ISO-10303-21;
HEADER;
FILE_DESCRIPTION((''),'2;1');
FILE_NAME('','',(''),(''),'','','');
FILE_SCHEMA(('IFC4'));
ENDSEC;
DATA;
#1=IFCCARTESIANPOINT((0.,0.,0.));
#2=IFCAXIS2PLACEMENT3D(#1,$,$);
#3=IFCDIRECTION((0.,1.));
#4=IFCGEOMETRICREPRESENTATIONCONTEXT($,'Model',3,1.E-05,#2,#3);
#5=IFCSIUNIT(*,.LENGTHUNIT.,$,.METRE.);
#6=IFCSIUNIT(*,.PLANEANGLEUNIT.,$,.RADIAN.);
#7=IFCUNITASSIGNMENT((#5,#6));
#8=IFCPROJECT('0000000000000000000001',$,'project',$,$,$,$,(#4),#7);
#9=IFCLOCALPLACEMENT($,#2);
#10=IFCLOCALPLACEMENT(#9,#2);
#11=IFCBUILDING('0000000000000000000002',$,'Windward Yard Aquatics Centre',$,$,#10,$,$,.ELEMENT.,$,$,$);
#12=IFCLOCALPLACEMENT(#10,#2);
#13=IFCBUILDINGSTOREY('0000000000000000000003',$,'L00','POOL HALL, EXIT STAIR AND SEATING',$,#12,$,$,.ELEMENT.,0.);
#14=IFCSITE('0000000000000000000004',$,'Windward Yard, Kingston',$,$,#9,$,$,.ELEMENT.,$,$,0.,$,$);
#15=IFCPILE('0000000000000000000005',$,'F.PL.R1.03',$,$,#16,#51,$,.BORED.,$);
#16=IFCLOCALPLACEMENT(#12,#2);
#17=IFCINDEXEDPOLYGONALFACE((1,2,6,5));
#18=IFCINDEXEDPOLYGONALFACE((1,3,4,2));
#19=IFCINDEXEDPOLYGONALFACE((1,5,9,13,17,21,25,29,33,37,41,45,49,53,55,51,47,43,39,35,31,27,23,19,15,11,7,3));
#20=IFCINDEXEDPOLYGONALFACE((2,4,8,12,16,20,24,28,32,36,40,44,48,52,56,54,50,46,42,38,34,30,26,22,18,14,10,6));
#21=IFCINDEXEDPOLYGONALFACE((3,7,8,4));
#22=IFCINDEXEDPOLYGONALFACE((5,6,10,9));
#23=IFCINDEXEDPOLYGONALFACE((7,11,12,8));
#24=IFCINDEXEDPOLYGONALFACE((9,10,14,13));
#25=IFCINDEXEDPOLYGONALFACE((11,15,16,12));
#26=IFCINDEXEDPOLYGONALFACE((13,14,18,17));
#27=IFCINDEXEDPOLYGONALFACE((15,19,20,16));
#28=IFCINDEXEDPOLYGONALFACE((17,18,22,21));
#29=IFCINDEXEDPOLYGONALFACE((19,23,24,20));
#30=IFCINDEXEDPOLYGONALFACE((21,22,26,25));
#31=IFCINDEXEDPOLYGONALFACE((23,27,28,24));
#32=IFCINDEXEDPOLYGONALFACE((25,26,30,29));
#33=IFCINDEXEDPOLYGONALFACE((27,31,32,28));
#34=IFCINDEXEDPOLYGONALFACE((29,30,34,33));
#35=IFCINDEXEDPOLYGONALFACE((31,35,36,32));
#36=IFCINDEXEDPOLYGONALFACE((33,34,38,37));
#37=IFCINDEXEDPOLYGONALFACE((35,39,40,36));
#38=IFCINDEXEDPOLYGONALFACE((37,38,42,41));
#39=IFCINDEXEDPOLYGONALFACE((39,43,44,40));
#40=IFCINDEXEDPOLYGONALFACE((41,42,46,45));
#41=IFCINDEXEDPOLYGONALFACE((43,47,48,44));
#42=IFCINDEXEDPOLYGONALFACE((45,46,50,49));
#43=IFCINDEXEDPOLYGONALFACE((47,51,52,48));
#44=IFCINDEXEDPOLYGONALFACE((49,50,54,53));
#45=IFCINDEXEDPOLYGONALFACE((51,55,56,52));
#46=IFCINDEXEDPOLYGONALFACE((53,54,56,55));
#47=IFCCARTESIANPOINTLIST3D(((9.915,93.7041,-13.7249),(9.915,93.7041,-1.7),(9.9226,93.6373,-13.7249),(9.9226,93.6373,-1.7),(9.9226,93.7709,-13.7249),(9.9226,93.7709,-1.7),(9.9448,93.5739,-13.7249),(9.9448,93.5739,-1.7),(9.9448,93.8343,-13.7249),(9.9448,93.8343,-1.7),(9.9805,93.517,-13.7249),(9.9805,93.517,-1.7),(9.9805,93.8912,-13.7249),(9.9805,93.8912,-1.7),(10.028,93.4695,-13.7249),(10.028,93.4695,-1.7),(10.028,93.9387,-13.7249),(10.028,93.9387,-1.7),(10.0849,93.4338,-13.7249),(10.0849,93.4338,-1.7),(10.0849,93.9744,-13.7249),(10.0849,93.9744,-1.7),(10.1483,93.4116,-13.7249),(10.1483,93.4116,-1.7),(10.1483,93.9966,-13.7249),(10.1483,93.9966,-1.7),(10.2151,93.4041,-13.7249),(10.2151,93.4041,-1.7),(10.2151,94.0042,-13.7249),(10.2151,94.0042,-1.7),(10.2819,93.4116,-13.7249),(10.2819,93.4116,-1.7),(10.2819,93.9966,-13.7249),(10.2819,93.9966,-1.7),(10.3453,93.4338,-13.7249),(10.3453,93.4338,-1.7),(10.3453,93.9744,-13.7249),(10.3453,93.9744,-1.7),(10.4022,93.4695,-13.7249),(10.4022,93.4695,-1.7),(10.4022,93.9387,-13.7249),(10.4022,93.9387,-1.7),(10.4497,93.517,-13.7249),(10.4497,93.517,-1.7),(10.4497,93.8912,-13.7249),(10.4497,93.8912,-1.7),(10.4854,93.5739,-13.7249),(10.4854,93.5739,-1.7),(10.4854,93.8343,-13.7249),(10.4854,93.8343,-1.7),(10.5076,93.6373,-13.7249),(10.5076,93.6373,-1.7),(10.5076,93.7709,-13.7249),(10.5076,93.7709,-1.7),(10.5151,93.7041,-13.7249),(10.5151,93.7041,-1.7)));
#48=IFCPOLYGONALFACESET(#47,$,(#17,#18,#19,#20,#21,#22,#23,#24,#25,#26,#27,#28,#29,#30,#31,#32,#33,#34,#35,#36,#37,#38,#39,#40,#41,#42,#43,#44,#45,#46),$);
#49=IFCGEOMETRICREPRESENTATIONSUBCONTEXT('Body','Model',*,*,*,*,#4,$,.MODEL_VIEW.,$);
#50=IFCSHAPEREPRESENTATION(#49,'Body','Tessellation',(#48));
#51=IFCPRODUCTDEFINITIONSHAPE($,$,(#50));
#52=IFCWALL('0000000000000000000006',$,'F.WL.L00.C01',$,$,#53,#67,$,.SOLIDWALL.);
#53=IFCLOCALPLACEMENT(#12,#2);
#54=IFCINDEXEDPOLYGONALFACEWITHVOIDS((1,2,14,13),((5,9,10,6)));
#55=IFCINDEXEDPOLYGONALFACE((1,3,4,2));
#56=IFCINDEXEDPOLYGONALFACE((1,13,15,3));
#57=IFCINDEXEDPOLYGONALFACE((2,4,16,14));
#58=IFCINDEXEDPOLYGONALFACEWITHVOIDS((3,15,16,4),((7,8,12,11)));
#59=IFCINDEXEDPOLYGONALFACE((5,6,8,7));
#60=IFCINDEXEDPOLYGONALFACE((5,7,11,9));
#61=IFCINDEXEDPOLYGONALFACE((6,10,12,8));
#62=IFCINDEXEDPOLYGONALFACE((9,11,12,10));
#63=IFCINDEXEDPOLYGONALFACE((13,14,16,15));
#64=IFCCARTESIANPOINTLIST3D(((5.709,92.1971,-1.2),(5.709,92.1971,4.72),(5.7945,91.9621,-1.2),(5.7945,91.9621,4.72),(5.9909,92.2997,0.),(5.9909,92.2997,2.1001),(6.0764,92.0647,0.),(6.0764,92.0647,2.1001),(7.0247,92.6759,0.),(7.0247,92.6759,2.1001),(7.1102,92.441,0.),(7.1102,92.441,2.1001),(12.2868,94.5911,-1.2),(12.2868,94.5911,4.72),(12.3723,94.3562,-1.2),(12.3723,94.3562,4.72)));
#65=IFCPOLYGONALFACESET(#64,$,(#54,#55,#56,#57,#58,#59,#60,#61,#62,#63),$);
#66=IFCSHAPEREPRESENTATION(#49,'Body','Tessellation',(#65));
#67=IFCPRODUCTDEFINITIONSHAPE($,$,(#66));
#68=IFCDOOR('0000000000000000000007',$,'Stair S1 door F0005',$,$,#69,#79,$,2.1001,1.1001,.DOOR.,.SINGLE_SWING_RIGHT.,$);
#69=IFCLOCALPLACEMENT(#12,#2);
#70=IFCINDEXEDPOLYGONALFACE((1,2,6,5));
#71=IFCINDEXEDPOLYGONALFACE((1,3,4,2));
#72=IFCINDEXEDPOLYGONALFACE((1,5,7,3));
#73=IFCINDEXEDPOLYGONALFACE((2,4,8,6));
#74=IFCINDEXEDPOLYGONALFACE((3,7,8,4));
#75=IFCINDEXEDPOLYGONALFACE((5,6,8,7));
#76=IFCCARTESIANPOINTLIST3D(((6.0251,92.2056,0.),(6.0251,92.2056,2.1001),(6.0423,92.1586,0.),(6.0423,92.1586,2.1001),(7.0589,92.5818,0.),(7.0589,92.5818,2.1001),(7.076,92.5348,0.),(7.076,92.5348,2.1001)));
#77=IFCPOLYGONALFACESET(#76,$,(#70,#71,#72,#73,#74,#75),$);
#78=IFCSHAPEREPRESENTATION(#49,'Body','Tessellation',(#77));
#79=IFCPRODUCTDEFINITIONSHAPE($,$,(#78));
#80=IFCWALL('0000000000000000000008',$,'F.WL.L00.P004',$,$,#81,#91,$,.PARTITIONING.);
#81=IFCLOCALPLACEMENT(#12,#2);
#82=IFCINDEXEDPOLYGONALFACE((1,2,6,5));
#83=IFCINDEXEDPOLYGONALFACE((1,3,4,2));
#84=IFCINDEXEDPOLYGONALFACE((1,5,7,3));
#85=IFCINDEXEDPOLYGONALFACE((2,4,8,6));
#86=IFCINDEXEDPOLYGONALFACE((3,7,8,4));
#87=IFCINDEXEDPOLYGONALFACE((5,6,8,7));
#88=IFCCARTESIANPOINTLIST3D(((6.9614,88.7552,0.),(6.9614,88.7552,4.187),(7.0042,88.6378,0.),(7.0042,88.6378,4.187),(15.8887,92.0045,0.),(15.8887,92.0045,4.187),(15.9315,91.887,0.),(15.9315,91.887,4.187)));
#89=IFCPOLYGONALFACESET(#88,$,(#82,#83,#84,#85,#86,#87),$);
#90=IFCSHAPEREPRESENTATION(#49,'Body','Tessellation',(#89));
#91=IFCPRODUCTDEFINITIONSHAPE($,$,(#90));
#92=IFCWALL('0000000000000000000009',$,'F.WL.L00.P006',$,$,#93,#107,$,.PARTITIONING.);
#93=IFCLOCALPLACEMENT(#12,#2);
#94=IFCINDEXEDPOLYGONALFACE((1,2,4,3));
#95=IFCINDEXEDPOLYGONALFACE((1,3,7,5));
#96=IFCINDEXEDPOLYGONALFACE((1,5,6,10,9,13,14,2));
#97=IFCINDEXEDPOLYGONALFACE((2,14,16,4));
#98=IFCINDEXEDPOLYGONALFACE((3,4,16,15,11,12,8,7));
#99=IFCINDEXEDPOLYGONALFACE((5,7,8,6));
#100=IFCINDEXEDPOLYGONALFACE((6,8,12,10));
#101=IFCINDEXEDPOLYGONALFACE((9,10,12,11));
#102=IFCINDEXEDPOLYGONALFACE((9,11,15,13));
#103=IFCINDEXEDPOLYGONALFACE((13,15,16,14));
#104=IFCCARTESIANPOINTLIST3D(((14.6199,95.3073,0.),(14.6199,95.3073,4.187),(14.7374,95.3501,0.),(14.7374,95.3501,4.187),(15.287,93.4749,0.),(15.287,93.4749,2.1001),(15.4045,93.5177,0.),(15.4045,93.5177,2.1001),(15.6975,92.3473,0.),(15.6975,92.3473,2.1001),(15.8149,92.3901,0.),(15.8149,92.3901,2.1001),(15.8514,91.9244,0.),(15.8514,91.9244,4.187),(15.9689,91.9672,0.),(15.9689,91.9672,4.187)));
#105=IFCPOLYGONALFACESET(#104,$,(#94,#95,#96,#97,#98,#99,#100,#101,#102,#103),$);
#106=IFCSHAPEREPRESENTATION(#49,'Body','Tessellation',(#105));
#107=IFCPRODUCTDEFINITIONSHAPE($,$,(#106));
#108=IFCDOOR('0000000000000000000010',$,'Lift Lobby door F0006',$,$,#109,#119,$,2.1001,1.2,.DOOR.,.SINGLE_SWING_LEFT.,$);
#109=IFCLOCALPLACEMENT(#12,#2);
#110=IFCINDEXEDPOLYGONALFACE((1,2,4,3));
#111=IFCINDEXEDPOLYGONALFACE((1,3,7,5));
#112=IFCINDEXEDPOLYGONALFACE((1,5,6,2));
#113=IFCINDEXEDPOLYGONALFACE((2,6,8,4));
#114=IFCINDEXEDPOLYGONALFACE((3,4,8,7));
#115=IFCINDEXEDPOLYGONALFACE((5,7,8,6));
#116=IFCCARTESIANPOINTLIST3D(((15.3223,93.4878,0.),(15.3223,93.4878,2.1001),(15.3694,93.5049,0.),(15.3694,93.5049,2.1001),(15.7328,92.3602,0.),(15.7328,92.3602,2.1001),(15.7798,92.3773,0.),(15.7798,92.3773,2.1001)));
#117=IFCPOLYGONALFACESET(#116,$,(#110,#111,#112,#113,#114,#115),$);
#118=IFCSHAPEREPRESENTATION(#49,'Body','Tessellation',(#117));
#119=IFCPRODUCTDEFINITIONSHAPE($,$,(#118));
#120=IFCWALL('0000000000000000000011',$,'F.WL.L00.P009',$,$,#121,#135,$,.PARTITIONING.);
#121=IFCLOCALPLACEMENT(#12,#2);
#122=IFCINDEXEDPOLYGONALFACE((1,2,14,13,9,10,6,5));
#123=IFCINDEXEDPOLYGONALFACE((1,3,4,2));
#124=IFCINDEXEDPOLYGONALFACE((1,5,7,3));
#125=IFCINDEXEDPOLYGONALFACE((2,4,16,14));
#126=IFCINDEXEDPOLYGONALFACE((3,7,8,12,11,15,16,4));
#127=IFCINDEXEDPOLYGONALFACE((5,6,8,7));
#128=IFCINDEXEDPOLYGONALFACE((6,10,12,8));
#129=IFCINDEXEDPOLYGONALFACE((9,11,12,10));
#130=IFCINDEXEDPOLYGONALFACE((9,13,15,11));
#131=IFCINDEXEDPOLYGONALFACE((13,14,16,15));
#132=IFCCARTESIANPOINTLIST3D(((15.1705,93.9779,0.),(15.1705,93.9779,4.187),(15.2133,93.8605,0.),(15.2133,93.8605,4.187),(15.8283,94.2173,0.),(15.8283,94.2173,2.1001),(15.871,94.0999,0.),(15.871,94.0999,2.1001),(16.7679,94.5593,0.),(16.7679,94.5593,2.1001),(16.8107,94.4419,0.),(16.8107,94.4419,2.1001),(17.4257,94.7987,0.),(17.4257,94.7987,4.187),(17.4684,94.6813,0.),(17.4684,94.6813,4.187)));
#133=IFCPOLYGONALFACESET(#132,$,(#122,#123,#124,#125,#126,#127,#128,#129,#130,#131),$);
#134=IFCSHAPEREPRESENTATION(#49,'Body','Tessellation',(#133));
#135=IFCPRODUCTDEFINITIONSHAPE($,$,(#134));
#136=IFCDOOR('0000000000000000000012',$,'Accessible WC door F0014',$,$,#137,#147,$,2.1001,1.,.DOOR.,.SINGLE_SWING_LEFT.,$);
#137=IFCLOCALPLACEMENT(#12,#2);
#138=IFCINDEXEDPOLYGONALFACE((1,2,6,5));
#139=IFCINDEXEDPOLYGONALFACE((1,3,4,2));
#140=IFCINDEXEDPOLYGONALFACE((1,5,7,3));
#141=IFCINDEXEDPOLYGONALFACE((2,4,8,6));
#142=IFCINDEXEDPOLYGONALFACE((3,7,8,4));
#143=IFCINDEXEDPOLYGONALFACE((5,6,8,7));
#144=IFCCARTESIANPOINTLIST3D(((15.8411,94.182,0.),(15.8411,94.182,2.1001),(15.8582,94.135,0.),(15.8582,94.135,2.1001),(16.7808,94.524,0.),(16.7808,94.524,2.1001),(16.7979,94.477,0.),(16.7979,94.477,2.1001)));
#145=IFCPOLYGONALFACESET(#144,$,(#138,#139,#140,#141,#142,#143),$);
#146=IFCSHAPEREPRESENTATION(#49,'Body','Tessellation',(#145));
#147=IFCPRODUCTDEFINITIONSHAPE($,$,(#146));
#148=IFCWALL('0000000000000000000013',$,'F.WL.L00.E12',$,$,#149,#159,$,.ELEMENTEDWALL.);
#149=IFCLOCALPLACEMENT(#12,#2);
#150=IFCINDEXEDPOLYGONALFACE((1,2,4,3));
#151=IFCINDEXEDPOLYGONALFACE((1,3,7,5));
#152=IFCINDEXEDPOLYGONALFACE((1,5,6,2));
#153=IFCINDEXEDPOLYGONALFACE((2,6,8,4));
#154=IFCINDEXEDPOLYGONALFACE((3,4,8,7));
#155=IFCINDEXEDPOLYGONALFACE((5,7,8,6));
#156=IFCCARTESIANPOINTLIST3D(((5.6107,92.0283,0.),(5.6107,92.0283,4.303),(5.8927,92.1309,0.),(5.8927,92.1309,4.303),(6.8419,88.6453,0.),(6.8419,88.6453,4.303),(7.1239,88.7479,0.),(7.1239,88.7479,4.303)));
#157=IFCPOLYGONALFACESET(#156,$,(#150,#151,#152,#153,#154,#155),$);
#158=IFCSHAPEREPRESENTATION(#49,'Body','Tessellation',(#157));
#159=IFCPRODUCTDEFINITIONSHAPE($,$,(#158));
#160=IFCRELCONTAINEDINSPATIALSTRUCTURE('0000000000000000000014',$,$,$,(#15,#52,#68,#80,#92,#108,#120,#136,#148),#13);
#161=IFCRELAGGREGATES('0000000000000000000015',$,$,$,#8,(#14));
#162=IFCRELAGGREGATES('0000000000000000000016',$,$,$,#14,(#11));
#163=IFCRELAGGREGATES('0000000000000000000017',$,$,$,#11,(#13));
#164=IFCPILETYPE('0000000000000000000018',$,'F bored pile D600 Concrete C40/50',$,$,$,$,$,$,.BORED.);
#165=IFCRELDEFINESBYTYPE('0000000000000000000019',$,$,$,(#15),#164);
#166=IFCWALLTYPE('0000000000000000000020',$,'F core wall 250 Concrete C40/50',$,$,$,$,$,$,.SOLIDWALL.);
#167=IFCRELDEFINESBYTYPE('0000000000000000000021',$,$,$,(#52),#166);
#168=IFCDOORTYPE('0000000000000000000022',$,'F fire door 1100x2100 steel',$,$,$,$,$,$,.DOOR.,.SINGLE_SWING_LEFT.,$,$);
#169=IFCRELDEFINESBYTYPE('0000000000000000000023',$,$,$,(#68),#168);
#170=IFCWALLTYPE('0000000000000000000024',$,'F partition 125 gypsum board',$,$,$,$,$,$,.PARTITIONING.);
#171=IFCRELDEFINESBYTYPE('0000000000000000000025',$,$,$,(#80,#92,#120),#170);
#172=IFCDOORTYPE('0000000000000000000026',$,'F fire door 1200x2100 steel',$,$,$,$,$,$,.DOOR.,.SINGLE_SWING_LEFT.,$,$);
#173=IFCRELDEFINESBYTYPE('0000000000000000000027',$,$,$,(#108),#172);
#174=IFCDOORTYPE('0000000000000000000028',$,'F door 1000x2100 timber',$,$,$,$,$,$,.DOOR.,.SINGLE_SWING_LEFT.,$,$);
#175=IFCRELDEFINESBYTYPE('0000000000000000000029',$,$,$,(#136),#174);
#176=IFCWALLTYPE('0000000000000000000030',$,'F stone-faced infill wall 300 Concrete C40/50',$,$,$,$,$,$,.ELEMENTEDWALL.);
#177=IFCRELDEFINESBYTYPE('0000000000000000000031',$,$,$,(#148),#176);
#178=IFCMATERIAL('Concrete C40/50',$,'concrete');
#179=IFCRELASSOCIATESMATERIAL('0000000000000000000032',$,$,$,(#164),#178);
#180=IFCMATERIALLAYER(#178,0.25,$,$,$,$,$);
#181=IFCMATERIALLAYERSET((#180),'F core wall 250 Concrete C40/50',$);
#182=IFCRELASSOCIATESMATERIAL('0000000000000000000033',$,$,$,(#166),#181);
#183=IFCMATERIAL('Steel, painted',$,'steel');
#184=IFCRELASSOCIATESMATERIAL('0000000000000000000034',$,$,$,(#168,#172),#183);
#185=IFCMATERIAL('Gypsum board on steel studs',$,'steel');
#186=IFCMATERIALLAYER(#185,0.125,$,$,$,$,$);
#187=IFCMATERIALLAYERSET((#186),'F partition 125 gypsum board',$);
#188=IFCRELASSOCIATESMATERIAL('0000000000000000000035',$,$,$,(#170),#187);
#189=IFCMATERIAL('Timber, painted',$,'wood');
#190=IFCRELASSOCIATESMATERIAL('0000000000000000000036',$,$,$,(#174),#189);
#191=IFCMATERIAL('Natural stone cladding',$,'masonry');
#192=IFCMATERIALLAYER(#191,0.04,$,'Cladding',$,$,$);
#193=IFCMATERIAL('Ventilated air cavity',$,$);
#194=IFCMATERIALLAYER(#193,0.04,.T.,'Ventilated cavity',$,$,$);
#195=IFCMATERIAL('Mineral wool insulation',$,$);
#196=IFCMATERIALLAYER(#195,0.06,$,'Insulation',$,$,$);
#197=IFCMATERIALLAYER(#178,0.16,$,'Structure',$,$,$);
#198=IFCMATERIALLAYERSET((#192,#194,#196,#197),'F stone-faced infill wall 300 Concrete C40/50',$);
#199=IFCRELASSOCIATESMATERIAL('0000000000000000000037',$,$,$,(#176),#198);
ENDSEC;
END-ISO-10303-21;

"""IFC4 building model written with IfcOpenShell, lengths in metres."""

from ifc_helpers import new_model, si_unit, direction, frame, frame_2d, origin, origin_2d, place, context, subcontext, project, spatial, rectangle, circle, extrude, material, layer, layer_set, material_profile, profile_set, type_object, element, fill, save


model = new_model("IFC4")

# Units and contexts
model_context = context("Model", 3, precision=1e-05, world=origin(), true_north=direction((0.0, 1.0)))
body_context = subcontext(model_context, "Body", "Model", "MODEL_VIEW")
ifc_project = project(units=[si_unit("LENGTHUNIT", "METRE"), si_unit("PLANEANGLEUNIT", "RADIAN")], contexts=[model_context])

# Site, building, storey
site_placement = place(None, origin())
site = spatial("IfcSite", under=ifc_project, at=site_placement, Name="Windward Yard, Kingston", CompositionType="ELEMENT", RefElevation=0.0)
building_placement = place(site_placement, origin())
building = spatial("IfcBuilding", under=site, at=building_placement, Name="Windward Yard Aquatics Centre", CompositionType="ELEMENT")
storey_placement = place(building_placement, origin())
storey = spatial("IfcBuildingStorey", under=building, at=storey_placement, Name="L00", Description="POOL HALL, EXIT STAIR AND SEATING", CompositionType="ELEMENT", Elevation=0.0)

# Pile
ifc_material_1 = material(Name="Concrete C40/50", Category="concrete")
ifc_material_profile = material_profile(ifc_material_1, circle(Radius=0.3, at=origin_2d()), Name="D600")
ifc_profile_set = profile_set([ifc_material_profile], Name="Concrete C40/50")
pile_type = type_object("IfcPileType", Name="F bored pile D600 Concrete C40/50", PredefinedType="BORED", material=ifc_profile_set)
for number, where, z_axis, x_axis, name in (
    (1, (10.2151, 93.7041, -1.7), (0.0, 0.0, -1.0), (1.0, 0.0, 0.0), "F.PL.R1.03"),
):
    element("IfcPile", number, at=place(storey_placement, frame(where, z_axis=z_axis, x_axis=x_axis)), inside=storey, type_object=pile_type, Name=name, PredefinedType="BORED", context=body_context, shape_type="SweptSolid", body=[
        extrude(circle(Radius=0.3, at=origin_2d()), origin(), (0.0, 0.0, 1.0), 12.0249),
    ])

# Wall, opening, door
ifc_layer_1 = layer(ifc_material_1, 0.25)
ifc_layer_set_1 = layer_set([ifc_layer_1], Name="F core wall 250 Concrete C40/50")
wall_type_1 = type_object("IfcWallType", Name="F core wall 250 Concrete C40/50", PredefinedType="SOLIDWALL", material=ifc_layer_set_1)
wall_1_placement = place(storey_placement, frame((5.7517, 92.0796, -1.2), z_axis=(0.0, 0.0, 1.0), x_axis=(0.939698, 0.342006, 0.0)))
wall_1 = element("IfcWall", 2, at=wall_1_placement, inside=storey, type_object=wall_type_1, Name="F.WL.L00.C01", PredefinedType="SOLIDWALL", context=body_context, shape_type="SweptSolid", body=[
    extrude(rectangle(XDim=7.0, YDim=0.25, at=frame_2d((3.5, 0.0))), origin(), (0.0, 0.0, 1.0), 5.9199),
])
opening_1_placement = place(wall_1_placement, frame((0.3, 0.0, 1.2)))
opening_1 = element("IfcOpeningElement", 3, at=opening_1_placement, cuts=wall_1, PredefinedType="OPENING", context=body_context, shape_type="SweptSolid", body=[
    extrude(rectangle(XDim=1.1001, YDim=2.1001, at=frame_2d((0.55, 1.05))), frame((0.0, 0.135, 0.0), z_axis=(0.0, -1.0, 0.0), x_axis=(1.0, 0.0, 0.0)), (0.0, 0.0, 1.0), 0.27),
])
ifc_material_2 = material(Name="Steel, painted", Category="steel")
door_type_1 = type_object("IfcDoorType", Name="F fire door 1100x2100 steel", OperationType="SINGLE_SWING_LEFT", PredefinedType="DOOR", material=ifc_material_2)
door_1_placement = place(opening_1_placement, origin())
door_1 = element("IfcDoor", 4, at=door_1_placement, inside=storey, type_object=door_type_1, Name="Stair S1 door F0005", OperationType="SINGLE_SWING_RIGHT", OverallHeight=2.1001, OverallWidth=1.1001, PredefinedType="DOOR", context=body_context, shape_type="SweptSolid", body=[
    extrude(rectangle(XDim=1.1001, YDim=2.1001, at=frame_2d((0.55, 1.05))), frame((0.0, 0.0249, 0.0), z_axis=(0.0, -1.0, 0.0), x_axis=(1.0, 0.0, 0.0)), (0.0, 0.0, 1.0), 0.05),
])
fill(opening_1, door_1)

# Wall
ifc_material_3 = material(Name="Gypsum board on steel studs", Category="steel")
ifc_layer_2 = layer(ifc_material_3, 0.125)
ifc_layer_set_2 = layer_set([ifc_layer_2], Name="F partition 125 gypsum board")
wall_type_2 = type_object("IfcWallType", Name="F partition 125 gypsum board", PredefinedType="PARTITIONING", material=ifc_layer_set_2)
wall_2_placement = place(storey_placement, frame((6.9829, 88.6965, 0.0), z_axis=(0.0, 0.0, 1.0), x_axis=(0.939692, 0.342022, 0.0)))
element("IfcWall", 5, at=wall_2_placement, inside=storey, type_object=wall_type_2, Name="F.WL.L00.P004", PredefinedType="PARTITIONING", context=body_context, shape_type="SweptSolid", body=[
    extrude(rectangle(XDim=9.5002, YDim=0.125, at=frame_2d((4.75, 0.0))), origin(), (0.0, 0.0, 1.0), 4.187),
])

# Walls, openings, doors
wall_3_placement = place(storey_placement, frame((15.9102, 91.9458, 0.0), z_axis=(0.0, 0.0, 1.0), x_axis=(-0.34207, 0.939675, 0.0)))
wall_3 = element("IfcWall", 6, at=wall_3_placement, inside=storey, type_object=wall_type_2, Name="F.WL.L00.P006", PredefinedType="PARTITIONING", context=body_context, shape_type="SweptSolid", body=[
    extrude(rectangle(XDim=3.6001, YDim=0.125, at=frame_2d((1.8, 0.0))), origin(), (0.0, 0.0, 1.0), 4.187),
])
opening_2_placement = place(wall_3_placement, frame((0.45, 0.0, 0.0)))
opening_2 = element("IfcOpeningElement", 7, at=opening_2_placement, cuts=wall_3, PredefinedType="OPENING", context=body_context, shape_type="SweptSolid", body=[
    extrude(rectangle(XDim=1.2, YDim=2.1001, at=frame_2d((0.6001, 1.05))), frame((0.0, 0.0725, 0.0), z_axis=(0.0, -1.0, 0.0), x_axis=(1.0, 0.0, 0.0)), (0.0, 0.0, 1.0), 0.145),
])
door_type_2 = type_object("IfcDoorType", Name="F fire door 1200x2100 steel", OperationType="SINGLE_SWING_LEFT", PredefinedType="DOOR", material=ifc_material_2)
door_2_placement = place(opening_2_placement, origin())
door_2 = element("IfcDoor", 8, at=door_2_placement, inside=storey, type_object=door_type_2, Name="Lift Lobby door F0006", OperationType="SINGLE_SWING_LEFT", OverallHeight=2.1001, OverallWidth=1.2, PredefinedType="DOOR", context=body_context, shape_type="SweptSolid", body=[
    extrude(rectangle(XDim=1.2, YDim=2.1001, at=frame_2d((0.6001, 1.05))), frame((0.0, 0.0249, 0.0), z_axis=(0.0, -1.0, 0.0), x_axis=(1.0, 0.0, 0.0)), (0.0, 0.0, 1.0), 0.05),
])
fill(opening_2, door_2)
wall_4_placement = place(storey_placement, frame((15.1919, 93.9192, 0.0), z_axis=(0.0, 0.0, 1.0), x_axis=(0.939692, 0.342021, 0.0)))
wall_4 = element("IfcWall", 9, at=wall_4_placement, inside=storey, type_object=wall_type_2, Name="F.WL.L00.P009", PredefinedType="PARTITIONING", context=body_context, shape_type="SweptSolid", body=[
    extrude(rectangle(XDim=2.3999, YDim=0.125, at=frame_2d((1.2, 0.0))), origin(), (0.0, 0.0, 1.0), 4.187),
])
opening_3_placement = place(wall_4_placement, frame((0.7, 0.0, 0.0)))
opening_3 = element("IfcOpeningElement", 10, at=opening_3_placement, cuts=wall_4, PredefinedType="OPENING", context=body_context, shape_type="SweptSolid", body=[
    extrude(rectangle(XDim=1.0, YDim=2.1001, at=frame_2d((0.5, 1.05))), frame((0.0, 0.0725, 0.0), z_axis=(0.0, -1.0, 0.0), x_axis=(1.0, 0.0, 0.0)), (0.0, 0.0, 1.0), 0.145),
])
ifc_material_4 = material(Name="Timber, painted", Category="wood")
door_type_3 = type_object("IfcDoorType", Name="F door 1000x2100 timber", OperationType="SINGLE_SWING_LEFT", PredefinedType="DOOR", material=ifc_material_4)
door_3_placement = place(opening_3_placement, origin())
door_3 = element("IfcDoor", 11, at=door_3_placement, inside=storey, type_object=door_type_3, Name="Accessible WC door F0014", OperationType="SINGLE_SWING_LEFT", OverallHeight=2.1001, OverallWidth=1.0, PredefinedType="DOOR", context=body_context, shape_type="SweptSolid", body=[
    extrude(rectangle(XDim=1.0, YDim=2.1001, at=frame_2d((0.5, 1.05))), frame((0.0, 0.0249, 0.0), z_axis=(0.0, -1.0, 0.0), x_axis=(1.0, 0.0, 0.0)), (0.0, 0.0, 1.0), 0.05),
])
fill(opening_3, door_3)

# Wall
ifc_material_5 = material(Name="Natural stone cladding", Category="masonry")
ifc_layer_3 = layer(ifc_material_5, 0.04, Name="Cladding")
ifc_material_6 = material(Name="Ventilated air cavity")
ifc_layer_4 = layer(ifc_material_6, 0.04, ventilated=True, Name="Ventilated cavity")
ifc_material_7 = material(Name="Mineral wool insulation")
ifc_layer_5 = layer(ifc_material_7, 0.06, Name="Insulation")
ifc_layer_6 = layer(ifc_material_1, 0.16, Name="Structure")
ifc_layer_set_3 = layer_set([ifc_layer_3, ifc_layer_4, ifc_layer_5, ifc_layer_6], Name="F stone-faced infill wall 300 Concrete C40/50")
wall_type_3 = type_object("IfcWallType", Name="F stone-faced infill wall 300 Concrete C40/50", PredefinedType="ELEMENTEDWALL", material=ifc_layer_set_3)
wall_5_placement = place(storey_placement, frame((5.7517, 92.0796, 0.0), z_axis=(0.0, 0.0, 1.0), x_axis=(0.341988, -0.939704, 0.0)))
element("IfcWall", 12, at=wall_5_placement, inside=storey, type_object=wall_type_3, Name="F.WL.L00.E12", PredefinedType="ELEMENTEDWALL", context=body_context, shape_type="SweptSolid", body=[
    extrude(rectangle(XDim=3.6001, YDim=0.3, at=frame_2d((1.8, 0.0))), origin(), (0.0, 0.0, 1.0), 4.303),
])

save(model, "model.ifc")
